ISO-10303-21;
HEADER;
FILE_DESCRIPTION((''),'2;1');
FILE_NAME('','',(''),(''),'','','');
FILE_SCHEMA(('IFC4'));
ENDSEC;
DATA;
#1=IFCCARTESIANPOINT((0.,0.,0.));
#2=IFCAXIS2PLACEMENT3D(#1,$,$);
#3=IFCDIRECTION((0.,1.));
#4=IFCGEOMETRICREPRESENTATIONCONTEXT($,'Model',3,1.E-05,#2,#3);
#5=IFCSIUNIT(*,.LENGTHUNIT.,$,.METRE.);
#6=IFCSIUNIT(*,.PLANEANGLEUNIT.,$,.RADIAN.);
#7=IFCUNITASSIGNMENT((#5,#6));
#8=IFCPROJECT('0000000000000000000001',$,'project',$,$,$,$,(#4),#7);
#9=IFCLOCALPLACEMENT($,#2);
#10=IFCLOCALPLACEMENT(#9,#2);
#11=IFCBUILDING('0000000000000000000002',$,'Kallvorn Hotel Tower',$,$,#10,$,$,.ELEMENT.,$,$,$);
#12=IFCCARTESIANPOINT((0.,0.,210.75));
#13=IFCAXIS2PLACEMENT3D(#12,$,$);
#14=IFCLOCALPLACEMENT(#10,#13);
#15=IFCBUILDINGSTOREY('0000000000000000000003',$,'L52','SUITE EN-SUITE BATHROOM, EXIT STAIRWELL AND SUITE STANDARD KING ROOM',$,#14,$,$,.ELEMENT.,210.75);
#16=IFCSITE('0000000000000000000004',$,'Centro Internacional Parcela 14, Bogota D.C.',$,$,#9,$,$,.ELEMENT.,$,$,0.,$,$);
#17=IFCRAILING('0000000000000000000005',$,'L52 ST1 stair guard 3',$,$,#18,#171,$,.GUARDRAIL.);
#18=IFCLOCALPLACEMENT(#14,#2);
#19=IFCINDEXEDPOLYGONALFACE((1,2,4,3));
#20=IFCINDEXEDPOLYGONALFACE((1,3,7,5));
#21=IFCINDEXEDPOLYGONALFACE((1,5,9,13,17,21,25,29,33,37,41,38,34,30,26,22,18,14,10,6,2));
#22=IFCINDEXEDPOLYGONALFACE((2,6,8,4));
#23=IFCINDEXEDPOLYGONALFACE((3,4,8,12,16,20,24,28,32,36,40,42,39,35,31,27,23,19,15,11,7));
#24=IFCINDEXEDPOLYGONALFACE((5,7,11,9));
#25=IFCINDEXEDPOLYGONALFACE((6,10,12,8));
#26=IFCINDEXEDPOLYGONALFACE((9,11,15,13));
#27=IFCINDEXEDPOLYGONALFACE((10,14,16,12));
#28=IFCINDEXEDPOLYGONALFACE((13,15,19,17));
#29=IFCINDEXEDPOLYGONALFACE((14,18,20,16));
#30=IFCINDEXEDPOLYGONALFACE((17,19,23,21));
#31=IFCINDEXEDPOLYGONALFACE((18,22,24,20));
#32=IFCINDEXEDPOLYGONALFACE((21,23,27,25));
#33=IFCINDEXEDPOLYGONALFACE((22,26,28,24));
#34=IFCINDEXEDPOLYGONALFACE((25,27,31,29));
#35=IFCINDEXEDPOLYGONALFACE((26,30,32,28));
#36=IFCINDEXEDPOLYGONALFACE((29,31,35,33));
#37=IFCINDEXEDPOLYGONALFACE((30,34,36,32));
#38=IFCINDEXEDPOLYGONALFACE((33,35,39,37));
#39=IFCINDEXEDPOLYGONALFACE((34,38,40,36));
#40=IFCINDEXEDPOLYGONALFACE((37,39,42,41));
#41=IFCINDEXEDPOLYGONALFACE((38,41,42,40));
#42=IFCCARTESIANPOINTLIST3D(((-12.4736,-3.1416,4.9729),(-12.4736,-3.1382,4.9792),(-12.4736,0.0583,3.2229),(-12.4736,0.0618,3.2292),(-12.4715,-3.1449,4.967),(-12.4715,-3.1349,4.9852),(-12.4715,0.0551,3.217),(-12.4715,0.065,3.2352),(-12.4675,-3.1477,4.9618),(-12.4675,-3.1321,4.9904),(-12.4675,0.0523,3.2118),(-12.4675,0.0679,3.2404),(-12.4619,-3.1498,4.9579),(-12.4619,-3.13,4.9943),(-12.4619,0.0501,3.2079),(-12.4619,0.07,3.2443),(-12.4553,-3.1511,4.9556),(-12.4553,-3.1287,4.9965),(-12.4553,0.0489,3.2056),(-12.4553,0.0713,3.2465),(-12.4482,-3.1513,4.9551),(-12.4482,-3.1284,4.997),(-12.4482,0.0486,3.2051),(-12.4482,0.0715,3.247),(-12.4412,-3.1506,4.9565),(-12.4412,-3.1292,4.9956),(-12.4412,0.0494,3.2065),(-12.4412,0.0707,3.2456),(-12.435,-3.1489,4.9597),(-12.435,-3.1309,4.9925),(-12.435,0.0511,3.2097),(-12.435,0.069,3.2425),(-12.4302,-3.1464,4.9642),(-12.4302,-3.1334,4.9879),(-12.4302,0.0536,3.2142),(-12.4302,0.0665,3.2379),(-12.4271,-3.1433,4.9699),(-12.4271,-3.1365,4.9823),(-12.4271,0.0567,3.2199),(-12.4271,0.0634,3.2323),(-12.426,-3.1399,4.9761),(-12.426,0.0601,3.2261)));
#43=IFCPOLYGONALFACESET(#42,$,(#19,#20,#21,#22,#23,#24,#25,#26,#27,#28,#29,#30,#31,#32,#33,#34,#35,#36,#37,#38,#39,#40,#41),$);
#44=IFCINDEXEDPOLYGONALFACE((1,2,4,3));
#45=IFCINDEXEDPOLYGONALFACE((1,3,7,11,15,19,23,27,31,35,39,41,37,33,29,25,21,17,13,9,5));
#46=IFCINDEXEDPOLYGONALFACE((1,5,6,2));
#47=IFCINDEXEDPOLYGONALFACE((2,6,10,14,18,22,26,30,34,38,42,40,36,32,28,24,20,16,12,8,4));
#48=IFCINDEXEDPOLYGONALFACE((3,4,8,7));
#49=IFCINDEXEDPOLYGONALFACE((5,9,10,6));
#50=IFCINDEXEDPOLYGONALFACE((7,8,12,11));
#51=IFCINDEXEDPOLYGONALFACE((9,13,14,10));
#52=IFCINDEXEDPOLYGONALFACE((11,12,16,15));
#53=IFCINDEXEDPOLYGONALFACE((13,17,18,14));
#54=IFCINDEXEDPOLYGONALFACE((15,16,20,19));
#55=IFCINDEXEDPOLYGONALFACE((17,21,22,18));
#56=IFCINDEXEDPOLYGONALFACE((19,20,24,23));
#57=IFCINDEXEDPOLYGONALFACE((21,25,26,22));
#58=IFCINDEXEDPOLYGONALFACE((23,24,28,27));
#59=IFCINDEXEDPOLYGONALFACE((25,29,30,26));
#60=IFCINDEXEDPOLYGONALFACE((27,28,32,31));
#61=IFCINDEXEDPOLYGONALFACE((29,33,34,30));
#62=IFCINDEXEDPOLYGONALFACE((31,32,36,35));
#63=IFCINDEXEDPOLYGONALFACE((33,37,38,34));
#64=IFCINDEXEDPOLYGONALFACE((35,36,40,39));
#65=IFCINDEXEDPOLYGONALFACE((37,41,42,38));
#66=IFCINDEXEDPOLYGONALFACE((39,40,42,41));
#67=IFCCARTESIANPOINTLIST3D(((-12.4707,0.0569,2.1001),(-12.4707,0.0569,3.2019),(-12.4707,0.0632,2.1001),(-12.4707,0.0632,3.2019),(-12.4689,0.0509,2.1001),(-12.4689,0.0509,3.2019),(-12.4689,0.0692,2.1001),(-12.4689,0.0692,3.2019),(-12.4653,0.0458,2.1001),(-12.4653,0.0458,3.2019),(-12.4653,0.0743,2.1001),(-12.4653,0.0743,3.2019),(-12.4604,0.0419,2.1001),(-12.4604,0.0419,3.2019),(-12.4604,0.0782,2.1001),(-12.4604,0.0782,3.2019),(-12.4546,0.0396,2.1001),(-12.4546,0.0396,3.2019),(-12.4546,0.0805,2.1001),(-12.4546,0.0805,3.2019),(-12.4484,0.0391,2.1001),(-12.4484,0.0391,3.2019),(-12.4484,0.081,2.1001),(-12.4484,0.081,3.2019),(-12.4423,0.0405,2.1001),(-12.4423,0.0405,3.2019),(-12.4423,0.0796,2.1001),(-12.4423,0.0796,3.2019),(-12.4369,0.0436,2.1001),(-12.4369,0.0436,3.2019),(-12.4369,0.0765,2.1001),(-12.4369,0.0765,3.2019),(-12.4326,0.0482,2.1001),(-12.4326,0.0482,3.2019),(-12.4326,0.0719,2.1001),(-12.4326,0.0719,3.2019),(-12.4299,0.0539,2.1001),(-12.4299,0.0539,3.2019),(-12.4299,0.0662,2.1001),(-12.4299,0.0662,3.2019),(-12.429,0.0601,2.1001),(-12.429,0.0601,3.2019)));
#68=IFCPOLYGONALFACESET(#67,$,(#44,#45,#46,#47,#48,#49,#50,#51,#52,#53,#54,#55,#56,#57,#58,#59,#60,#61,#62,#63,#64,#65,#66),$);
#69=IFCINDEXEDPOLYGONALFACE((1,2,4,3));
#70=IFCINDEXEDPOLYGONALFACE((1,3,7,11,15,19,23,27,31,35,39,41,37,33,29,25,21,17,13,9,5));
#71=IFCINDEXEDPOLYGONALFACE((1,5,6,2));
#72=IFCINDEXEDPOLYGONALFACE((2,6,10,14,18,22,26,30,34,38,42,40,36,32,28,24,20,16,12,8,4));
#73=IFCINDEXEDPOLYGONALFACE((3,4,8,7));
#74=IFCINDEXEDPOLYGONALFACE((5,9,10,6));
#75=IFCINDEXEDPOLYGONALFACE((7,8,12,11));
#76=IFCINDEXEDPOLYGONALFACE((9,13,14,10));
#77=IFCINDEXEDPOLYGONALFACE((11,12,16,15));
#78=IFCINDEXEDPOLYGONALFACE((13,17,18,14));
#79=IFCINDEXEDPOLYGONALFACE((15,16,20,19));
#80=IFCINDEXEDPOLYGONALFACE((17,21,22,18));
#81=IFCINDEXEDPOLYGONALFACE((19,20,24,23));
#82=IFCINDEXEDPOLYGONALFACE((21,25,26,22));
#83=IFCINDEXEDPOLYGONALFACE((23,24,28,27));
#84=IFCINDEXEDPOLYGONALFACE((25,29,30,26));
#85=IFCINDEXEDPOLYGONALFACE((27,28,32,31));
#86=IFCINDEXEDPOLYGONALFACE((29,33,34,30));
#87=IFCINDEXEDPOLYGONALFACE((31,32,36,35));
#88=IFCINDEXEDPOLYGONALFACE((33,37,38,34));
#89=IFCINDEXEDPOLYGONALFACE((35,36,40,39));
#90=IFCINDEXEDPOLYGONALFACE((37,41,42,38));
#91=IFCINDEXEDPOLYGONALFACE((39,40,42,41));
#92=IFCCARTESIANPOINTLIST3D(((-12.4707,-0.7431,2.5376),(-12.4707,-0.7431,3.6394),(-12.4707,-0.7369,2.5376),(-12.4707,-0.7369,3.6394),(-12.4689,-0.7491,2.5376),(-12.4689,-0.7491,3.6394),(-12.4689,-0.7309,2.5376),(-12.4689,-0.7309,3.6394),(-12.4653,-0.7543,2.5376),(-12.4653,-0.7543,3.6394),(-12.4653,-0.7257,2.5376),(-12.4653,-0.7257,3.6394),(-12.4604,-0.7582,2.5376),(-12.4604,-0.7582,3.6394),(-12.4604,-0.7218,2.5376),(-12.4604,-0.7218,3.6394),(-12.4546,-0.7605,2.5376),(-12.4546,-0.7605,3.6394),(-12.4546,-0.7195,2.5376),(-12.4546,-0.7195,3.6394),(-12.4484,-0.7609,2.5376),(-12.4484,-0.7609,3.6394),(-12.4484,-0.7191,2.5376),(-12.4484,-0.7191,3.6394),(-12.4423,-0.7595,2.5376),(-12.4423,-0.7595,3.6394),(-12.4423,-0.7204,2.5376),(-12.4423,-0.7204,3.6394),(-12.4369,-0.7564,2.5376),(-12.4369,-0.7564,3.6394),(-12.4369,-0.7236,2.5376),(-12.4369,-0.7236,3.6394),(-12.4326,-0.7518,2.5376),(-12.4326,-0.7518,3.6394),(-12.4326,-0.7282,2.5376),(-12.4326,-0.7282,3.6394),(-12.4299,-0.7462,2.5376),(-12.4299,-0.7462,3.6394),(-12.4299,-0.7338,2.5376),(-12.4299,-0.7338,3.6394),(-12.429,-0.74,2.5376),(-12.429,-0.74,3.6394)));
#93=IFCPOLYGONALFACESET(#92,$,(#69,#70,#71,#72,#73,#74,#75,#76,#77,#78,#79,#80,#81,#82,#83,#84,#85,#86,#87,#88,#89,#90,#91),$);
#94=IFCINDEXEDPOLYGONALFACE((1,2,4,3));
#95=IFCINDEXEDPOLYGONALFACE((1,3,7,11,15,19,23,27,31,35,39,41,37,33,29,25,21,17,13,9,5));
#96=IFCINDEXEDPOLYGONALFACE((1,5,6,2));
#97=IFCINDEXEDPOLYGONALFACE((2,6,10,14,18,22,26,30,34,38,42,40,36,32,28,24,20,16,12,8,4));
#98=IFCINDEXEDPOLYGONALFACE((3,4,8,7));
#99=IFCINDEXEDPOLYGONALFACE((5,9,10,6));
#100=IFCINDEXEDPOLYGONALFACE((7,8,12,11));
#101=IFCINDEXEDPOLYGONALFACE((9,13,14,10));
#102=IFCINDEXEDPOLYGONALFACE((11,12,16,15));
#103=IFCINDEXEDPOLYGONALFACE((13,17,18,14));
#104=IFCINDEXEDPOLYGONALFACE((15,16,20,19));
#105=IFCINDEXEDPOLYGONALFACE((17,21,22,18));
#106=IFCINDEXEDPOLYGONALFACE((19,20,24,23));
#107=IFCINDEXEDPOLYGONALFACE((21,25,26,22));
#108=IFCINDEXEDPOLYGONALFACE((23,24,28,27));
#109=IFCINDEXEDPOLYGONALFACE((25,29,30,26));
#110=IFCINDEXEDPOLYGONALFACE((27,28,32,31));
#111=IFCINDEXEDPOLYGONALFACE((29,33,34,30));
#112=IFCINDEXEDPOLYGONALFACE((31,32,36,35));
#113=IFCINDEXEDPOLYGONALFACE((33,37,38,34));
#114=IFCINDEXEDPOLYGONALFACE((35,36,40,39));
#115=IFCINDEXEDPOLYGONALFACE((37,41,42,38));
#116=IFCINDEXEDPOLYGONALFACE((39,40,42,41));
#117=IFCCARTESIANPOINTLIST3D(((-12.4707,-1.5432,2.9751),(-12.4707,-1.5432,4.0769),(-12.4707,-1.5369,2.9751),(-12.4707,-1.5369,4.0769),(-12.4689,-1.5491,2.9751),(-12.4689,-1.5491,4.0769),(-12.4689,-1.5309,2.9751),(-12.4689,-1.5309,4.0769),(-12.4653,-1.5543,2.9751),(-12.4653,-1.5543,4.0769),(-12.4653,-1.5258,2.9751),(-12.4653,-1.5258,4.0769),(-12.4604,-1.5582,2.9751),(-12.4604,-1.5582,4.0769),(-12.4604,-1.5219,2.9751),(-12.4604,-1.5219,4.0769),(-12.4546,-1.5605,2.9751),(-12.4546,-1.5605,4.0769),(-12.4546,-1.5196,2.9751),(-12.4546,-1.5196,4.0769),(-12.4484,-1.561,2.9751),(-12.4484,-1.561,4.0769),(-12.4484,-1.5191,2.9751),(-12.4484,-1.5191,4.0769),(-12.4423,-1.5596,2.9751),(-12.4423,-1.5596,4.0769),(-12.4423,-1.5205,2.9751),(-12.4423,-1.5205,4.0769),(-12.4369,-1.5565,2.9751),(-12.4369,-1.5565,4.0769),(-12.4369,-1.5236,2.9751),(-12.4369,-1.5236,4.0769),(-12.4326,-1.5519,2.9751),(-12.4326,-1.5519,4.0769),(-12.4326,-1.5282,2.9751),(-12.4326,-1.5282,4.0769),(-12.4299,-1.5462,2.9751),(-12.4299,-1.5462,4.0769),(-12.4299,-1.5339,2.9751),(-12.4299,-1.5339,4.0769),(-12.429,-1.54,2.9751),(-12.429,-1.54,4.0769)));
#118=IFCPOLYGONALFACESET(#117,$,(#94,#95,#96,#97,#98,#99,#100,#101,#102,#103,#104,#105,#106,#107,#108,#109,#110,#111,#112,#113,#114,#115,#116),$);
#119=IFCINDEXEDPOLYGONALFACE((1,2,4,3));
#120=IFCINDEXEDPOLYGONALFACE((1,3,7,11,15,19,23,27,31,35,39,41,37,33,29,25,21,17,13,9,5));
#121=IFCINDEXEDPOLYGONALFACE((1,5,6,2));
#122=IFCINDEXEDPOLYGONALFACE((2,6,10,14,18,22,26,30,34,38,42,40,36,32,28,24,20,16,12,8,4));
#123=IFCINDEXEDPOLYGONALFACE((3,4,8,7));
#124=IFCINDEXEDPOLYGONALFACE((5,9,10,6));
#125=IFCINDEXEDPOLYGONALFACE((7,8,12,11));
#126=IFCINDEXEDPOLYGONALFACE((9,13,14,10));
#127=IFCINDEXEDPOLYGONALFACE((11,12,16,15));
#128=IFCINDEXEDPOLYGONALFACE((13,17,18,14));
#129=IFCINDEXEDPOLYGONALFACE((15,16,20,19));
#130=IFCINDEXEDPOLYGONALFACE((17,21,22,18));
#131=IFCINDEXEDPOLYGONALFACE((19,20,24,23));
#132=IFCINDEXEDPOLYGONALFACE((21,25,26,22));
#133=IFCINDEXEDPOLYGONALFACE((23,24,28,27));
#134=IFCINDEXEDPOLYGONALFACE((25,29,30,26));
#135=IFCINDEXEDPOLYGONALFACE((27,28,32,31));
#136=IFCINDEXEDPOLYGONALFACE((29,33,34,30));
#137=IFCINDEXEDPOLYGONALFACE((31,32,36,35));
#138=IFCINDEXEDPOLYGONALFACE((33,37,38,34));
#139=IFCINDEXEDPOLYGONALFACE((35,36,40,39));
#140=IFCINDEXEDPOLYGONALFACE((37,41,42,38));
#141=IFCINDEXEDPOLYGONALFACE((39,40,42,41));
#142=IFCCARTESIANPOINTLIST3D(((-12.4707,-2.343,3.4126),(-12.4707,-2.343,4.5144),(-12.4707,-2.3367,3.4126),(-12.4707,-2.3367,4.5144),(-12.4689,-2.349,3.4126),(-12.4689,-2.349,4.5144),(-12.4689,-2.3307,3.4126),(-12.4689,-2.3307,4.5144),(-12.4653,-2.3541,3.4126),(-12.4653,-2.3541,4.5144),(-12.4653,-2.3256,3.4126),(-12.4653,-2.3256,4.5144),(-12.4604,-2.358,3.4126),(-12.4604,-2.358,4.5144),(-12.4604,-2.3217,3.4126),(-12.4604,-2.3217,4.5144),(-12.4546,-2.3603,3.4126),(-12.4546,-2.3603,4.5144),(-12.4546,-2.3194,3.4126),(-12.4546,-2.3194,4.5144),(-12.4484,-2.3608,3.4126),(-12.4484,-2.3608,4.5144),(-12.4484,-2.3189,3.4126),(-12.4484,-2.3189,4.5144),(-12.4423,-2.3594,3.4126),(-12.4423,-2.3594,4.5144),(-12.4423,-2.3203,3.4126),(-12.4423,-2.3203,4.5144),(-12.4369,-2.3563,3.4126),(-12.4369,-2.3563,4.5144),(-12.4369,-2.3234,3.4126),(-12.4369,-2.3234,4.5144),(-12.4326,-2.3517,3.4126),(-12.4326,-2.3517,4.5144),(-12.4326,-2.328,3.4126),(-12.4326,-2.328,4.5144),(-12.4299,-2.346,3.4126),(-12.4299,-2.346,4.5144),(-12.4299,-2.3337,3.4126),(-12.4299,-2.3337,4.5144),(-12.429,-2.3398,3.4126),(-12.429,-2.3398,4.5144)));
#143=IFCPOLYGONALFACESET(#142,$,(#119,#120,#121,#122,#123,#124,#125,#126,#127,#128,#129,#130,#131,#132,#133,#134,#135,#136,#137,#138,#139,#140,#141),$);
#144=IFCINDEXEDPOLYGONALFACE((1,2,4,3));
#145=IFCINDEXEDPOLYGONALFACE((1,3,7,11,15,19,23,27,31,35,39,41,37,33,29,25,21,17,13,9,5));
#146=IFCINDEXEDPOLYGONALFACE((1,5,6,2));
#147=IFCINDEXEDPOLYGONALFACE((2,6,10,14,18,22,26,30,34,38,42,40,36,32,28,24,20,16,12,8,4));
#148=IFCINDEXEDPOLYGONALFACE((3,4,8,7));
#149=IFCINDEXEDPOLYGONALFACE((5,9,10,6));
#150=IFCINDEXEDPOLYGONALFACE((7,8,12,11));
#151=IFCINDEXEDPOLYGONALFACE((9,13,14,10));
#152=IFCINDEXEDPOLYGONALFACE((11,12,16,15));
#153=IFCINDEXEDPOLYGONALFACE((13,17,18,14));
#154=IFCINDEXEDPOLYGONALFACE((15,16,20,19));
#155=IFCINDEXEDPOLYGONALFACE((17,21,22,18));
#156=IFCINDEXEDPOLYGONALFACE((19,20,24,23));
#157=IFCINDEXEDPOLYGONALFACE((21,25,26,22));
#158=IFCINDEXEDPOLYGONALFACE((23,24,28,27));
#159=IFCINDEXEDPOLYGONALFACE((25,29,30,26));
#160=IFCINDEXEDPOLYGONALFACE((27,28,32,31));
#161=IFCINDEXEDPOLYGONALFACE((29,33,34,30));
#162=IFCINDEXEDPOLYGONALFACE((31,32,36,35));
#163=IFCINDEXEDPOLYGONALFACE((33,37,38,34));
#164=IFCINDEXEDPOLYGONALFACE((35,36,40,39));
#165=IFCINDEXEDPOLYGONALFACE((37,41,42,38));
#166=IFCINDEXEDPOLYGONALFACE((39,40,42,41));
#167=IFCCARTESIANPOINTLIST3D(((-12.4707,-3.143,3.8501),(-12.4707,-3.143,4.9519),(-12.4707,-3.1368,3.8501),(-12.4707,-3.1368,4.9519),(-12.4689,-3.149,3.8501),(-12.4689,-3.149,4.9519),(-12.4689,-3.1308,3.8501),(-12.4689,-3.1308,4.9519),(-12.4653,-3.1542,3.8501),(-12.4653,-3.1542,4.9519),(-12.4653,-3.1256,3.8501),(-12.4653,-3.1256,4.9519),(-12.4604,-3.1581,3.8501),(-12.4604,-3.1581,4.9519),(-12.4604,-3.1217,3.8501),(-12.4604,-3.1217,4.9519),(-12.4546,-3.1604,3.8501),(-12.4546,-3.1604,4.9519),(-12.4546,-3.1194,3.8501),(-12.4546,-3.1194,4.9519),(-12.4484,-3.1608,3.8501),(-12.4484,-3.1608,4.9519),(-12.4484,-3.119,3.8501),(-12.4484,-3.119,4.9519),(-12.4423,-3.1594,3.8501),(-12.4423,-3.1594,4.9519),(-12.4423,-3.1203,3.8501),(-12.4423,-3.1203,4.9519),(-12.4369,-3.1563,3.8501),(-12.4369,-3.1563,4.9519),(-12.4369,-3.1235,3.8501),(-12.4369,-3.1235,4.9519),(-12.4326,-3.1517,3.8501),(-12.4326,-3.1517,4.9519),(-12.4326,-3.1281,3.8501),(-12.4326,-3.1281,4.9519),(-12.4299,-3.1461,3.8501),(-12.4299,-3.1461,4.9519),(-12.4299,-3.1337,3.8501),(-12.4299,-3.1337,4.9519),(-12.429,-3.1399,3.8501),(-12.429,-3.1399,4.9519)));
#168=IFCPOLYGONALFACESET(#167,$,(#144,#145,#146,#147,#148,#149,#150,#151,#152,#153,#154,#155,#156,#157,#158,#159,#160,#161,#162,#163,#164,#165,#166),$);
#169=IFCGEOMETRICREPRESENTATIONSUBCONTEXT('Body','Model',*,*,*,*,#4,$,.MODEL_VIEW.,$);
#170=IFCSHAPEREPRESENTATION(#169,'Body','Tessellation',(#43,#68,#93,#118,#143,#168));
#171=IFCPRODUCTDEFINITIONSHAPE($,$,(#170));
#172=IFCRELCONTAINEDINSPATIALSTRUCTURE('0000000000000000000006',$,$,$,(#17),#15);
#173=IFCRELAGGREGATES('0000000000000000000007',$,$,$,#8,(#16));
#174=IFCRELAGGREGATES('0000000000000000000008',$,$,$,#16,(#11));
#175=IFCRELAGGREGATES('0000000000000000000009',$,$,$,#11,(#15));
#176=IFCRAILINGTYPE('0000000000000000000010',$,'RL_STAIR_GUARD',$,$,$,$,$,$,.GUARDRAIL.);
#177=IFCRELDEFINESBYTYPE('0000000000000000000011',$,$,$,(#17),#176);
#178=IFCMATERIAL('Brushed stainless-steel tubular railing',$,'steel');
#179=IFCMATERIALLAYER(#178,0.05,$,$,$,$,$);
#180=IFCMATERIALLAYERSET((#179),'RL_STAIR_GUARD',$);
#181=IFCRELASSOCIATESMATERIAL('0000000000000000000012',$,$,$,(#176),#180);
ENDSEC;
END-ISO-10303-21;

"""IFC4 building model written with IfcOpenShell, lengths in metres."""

from ifc_helpers import new_model, si_unit, direction, frame, origin, origin_2d, place, context, subcontext, project, spatial, circle, extrude, material, layer, layer_set, type_object, element, save


model = new_model("IFC4")

# Units and contexts
model_context = context("Model", 3, precision=1e-05, world=origin(), true_north=direction((0.0, 1.0)))
body_context = subcontext(model_context, "Body", "Model", "MODEL_VIEW")
ifc_project = project(units=[si_unit("LENGTHUNIT", "METRE"), si_unit("PLANEANGLEUNIT", "RADIAN")], contexts=[model_context])

# Site, building, storey
site_placement = place(None, origin())
site = spatial("IfcSite", under=ifc_project, at=site_placement, Name="Centro Internacional Parcela 14, Bogota D.C.", CompositionType="ELEMENT", RefElevation=0.0)
building_placement = place(site_placement, origin())
building = spatial("IfcBuilding", under=site, at=building_placement, Name="Kallvorn Hotel Tower", CompositionType="ELEMENT")
storey_placement = place(building_placement, frame((0.0, 0.0, 210.75)))
storey = spatial("IfcBuildingStorey", under=building, at=storey_placement, Name="L52", Description="SUITE EN-SUITE BATHROOM, EXIT STAIRWELL AND SUITE STANDARD KING ROOM", CompositionType="ELEMENT", Elevation=210.75)

# Railing
ifc_material_1 = material(Name="Brushed stainless-steel tubular railing", Category="steel")
ifc_layer_1 = layer(ifc_material_1, 0.05)
ifc_layer_set_1 = layer_set([ifc_layer_1], Name="RL_STAIR_GUARD")
railing_type_1 = type_object("IfcRailingType", Name="RL_STAIR_GUARD", PredefinedType="GUARDRAIL", material=ifc_layer_set_1)
railing_1_placement = place(storey_placement, frame((-12.45, 0.0601, 2.1001)))
element("IfcRailing", 1, at=railing_1_placement, inside=storey, type_object=railing_type_1, Name="L52 ST1 stair guard 3", PredefinedType="GUARDRAIL", context=body_context, shape_type="SweptSolid", body=[
    extrude(circle(Radius=0.0239, at=origin_2d()), frame((0.0, 0.0, 1.126), z_axis=(0.0, -0.877368, 0.479818), x_axis=(1.0, 0.0, 0.0)), (0.0, 0.0, 1.0), 3.6472),
    extrude(circle(Radius=0.021, at=origin_2d()), origin(), (0.0, 0.0, 1.0), 1.1018),
    extrude(circle(Radius=0.021, at=origin_2d()), frame((0.0, -0.8, 0.4375)), (0.0, 0.0, 1.0), 1.1018),
    extrude(circle(Radius=0.021, at=origin_2d()), frame((0.0, -1.6001, 0.875)), (0.0, 0.0, 1.0), 1.1018),
    extrude(circle(Radius=0.021, at=origin_2d()), frame((0.0, -2.3999, 1.3125)), (0.0, 0.0, 1.0), 1.1018),
    extrude(circle(Radius=0.021, at=origin_2d()), frame((0.0, -3.2, 1.75)), (0.0, 0.0, 1.0), 1.1018),
])

save(model, "model.ifc")
